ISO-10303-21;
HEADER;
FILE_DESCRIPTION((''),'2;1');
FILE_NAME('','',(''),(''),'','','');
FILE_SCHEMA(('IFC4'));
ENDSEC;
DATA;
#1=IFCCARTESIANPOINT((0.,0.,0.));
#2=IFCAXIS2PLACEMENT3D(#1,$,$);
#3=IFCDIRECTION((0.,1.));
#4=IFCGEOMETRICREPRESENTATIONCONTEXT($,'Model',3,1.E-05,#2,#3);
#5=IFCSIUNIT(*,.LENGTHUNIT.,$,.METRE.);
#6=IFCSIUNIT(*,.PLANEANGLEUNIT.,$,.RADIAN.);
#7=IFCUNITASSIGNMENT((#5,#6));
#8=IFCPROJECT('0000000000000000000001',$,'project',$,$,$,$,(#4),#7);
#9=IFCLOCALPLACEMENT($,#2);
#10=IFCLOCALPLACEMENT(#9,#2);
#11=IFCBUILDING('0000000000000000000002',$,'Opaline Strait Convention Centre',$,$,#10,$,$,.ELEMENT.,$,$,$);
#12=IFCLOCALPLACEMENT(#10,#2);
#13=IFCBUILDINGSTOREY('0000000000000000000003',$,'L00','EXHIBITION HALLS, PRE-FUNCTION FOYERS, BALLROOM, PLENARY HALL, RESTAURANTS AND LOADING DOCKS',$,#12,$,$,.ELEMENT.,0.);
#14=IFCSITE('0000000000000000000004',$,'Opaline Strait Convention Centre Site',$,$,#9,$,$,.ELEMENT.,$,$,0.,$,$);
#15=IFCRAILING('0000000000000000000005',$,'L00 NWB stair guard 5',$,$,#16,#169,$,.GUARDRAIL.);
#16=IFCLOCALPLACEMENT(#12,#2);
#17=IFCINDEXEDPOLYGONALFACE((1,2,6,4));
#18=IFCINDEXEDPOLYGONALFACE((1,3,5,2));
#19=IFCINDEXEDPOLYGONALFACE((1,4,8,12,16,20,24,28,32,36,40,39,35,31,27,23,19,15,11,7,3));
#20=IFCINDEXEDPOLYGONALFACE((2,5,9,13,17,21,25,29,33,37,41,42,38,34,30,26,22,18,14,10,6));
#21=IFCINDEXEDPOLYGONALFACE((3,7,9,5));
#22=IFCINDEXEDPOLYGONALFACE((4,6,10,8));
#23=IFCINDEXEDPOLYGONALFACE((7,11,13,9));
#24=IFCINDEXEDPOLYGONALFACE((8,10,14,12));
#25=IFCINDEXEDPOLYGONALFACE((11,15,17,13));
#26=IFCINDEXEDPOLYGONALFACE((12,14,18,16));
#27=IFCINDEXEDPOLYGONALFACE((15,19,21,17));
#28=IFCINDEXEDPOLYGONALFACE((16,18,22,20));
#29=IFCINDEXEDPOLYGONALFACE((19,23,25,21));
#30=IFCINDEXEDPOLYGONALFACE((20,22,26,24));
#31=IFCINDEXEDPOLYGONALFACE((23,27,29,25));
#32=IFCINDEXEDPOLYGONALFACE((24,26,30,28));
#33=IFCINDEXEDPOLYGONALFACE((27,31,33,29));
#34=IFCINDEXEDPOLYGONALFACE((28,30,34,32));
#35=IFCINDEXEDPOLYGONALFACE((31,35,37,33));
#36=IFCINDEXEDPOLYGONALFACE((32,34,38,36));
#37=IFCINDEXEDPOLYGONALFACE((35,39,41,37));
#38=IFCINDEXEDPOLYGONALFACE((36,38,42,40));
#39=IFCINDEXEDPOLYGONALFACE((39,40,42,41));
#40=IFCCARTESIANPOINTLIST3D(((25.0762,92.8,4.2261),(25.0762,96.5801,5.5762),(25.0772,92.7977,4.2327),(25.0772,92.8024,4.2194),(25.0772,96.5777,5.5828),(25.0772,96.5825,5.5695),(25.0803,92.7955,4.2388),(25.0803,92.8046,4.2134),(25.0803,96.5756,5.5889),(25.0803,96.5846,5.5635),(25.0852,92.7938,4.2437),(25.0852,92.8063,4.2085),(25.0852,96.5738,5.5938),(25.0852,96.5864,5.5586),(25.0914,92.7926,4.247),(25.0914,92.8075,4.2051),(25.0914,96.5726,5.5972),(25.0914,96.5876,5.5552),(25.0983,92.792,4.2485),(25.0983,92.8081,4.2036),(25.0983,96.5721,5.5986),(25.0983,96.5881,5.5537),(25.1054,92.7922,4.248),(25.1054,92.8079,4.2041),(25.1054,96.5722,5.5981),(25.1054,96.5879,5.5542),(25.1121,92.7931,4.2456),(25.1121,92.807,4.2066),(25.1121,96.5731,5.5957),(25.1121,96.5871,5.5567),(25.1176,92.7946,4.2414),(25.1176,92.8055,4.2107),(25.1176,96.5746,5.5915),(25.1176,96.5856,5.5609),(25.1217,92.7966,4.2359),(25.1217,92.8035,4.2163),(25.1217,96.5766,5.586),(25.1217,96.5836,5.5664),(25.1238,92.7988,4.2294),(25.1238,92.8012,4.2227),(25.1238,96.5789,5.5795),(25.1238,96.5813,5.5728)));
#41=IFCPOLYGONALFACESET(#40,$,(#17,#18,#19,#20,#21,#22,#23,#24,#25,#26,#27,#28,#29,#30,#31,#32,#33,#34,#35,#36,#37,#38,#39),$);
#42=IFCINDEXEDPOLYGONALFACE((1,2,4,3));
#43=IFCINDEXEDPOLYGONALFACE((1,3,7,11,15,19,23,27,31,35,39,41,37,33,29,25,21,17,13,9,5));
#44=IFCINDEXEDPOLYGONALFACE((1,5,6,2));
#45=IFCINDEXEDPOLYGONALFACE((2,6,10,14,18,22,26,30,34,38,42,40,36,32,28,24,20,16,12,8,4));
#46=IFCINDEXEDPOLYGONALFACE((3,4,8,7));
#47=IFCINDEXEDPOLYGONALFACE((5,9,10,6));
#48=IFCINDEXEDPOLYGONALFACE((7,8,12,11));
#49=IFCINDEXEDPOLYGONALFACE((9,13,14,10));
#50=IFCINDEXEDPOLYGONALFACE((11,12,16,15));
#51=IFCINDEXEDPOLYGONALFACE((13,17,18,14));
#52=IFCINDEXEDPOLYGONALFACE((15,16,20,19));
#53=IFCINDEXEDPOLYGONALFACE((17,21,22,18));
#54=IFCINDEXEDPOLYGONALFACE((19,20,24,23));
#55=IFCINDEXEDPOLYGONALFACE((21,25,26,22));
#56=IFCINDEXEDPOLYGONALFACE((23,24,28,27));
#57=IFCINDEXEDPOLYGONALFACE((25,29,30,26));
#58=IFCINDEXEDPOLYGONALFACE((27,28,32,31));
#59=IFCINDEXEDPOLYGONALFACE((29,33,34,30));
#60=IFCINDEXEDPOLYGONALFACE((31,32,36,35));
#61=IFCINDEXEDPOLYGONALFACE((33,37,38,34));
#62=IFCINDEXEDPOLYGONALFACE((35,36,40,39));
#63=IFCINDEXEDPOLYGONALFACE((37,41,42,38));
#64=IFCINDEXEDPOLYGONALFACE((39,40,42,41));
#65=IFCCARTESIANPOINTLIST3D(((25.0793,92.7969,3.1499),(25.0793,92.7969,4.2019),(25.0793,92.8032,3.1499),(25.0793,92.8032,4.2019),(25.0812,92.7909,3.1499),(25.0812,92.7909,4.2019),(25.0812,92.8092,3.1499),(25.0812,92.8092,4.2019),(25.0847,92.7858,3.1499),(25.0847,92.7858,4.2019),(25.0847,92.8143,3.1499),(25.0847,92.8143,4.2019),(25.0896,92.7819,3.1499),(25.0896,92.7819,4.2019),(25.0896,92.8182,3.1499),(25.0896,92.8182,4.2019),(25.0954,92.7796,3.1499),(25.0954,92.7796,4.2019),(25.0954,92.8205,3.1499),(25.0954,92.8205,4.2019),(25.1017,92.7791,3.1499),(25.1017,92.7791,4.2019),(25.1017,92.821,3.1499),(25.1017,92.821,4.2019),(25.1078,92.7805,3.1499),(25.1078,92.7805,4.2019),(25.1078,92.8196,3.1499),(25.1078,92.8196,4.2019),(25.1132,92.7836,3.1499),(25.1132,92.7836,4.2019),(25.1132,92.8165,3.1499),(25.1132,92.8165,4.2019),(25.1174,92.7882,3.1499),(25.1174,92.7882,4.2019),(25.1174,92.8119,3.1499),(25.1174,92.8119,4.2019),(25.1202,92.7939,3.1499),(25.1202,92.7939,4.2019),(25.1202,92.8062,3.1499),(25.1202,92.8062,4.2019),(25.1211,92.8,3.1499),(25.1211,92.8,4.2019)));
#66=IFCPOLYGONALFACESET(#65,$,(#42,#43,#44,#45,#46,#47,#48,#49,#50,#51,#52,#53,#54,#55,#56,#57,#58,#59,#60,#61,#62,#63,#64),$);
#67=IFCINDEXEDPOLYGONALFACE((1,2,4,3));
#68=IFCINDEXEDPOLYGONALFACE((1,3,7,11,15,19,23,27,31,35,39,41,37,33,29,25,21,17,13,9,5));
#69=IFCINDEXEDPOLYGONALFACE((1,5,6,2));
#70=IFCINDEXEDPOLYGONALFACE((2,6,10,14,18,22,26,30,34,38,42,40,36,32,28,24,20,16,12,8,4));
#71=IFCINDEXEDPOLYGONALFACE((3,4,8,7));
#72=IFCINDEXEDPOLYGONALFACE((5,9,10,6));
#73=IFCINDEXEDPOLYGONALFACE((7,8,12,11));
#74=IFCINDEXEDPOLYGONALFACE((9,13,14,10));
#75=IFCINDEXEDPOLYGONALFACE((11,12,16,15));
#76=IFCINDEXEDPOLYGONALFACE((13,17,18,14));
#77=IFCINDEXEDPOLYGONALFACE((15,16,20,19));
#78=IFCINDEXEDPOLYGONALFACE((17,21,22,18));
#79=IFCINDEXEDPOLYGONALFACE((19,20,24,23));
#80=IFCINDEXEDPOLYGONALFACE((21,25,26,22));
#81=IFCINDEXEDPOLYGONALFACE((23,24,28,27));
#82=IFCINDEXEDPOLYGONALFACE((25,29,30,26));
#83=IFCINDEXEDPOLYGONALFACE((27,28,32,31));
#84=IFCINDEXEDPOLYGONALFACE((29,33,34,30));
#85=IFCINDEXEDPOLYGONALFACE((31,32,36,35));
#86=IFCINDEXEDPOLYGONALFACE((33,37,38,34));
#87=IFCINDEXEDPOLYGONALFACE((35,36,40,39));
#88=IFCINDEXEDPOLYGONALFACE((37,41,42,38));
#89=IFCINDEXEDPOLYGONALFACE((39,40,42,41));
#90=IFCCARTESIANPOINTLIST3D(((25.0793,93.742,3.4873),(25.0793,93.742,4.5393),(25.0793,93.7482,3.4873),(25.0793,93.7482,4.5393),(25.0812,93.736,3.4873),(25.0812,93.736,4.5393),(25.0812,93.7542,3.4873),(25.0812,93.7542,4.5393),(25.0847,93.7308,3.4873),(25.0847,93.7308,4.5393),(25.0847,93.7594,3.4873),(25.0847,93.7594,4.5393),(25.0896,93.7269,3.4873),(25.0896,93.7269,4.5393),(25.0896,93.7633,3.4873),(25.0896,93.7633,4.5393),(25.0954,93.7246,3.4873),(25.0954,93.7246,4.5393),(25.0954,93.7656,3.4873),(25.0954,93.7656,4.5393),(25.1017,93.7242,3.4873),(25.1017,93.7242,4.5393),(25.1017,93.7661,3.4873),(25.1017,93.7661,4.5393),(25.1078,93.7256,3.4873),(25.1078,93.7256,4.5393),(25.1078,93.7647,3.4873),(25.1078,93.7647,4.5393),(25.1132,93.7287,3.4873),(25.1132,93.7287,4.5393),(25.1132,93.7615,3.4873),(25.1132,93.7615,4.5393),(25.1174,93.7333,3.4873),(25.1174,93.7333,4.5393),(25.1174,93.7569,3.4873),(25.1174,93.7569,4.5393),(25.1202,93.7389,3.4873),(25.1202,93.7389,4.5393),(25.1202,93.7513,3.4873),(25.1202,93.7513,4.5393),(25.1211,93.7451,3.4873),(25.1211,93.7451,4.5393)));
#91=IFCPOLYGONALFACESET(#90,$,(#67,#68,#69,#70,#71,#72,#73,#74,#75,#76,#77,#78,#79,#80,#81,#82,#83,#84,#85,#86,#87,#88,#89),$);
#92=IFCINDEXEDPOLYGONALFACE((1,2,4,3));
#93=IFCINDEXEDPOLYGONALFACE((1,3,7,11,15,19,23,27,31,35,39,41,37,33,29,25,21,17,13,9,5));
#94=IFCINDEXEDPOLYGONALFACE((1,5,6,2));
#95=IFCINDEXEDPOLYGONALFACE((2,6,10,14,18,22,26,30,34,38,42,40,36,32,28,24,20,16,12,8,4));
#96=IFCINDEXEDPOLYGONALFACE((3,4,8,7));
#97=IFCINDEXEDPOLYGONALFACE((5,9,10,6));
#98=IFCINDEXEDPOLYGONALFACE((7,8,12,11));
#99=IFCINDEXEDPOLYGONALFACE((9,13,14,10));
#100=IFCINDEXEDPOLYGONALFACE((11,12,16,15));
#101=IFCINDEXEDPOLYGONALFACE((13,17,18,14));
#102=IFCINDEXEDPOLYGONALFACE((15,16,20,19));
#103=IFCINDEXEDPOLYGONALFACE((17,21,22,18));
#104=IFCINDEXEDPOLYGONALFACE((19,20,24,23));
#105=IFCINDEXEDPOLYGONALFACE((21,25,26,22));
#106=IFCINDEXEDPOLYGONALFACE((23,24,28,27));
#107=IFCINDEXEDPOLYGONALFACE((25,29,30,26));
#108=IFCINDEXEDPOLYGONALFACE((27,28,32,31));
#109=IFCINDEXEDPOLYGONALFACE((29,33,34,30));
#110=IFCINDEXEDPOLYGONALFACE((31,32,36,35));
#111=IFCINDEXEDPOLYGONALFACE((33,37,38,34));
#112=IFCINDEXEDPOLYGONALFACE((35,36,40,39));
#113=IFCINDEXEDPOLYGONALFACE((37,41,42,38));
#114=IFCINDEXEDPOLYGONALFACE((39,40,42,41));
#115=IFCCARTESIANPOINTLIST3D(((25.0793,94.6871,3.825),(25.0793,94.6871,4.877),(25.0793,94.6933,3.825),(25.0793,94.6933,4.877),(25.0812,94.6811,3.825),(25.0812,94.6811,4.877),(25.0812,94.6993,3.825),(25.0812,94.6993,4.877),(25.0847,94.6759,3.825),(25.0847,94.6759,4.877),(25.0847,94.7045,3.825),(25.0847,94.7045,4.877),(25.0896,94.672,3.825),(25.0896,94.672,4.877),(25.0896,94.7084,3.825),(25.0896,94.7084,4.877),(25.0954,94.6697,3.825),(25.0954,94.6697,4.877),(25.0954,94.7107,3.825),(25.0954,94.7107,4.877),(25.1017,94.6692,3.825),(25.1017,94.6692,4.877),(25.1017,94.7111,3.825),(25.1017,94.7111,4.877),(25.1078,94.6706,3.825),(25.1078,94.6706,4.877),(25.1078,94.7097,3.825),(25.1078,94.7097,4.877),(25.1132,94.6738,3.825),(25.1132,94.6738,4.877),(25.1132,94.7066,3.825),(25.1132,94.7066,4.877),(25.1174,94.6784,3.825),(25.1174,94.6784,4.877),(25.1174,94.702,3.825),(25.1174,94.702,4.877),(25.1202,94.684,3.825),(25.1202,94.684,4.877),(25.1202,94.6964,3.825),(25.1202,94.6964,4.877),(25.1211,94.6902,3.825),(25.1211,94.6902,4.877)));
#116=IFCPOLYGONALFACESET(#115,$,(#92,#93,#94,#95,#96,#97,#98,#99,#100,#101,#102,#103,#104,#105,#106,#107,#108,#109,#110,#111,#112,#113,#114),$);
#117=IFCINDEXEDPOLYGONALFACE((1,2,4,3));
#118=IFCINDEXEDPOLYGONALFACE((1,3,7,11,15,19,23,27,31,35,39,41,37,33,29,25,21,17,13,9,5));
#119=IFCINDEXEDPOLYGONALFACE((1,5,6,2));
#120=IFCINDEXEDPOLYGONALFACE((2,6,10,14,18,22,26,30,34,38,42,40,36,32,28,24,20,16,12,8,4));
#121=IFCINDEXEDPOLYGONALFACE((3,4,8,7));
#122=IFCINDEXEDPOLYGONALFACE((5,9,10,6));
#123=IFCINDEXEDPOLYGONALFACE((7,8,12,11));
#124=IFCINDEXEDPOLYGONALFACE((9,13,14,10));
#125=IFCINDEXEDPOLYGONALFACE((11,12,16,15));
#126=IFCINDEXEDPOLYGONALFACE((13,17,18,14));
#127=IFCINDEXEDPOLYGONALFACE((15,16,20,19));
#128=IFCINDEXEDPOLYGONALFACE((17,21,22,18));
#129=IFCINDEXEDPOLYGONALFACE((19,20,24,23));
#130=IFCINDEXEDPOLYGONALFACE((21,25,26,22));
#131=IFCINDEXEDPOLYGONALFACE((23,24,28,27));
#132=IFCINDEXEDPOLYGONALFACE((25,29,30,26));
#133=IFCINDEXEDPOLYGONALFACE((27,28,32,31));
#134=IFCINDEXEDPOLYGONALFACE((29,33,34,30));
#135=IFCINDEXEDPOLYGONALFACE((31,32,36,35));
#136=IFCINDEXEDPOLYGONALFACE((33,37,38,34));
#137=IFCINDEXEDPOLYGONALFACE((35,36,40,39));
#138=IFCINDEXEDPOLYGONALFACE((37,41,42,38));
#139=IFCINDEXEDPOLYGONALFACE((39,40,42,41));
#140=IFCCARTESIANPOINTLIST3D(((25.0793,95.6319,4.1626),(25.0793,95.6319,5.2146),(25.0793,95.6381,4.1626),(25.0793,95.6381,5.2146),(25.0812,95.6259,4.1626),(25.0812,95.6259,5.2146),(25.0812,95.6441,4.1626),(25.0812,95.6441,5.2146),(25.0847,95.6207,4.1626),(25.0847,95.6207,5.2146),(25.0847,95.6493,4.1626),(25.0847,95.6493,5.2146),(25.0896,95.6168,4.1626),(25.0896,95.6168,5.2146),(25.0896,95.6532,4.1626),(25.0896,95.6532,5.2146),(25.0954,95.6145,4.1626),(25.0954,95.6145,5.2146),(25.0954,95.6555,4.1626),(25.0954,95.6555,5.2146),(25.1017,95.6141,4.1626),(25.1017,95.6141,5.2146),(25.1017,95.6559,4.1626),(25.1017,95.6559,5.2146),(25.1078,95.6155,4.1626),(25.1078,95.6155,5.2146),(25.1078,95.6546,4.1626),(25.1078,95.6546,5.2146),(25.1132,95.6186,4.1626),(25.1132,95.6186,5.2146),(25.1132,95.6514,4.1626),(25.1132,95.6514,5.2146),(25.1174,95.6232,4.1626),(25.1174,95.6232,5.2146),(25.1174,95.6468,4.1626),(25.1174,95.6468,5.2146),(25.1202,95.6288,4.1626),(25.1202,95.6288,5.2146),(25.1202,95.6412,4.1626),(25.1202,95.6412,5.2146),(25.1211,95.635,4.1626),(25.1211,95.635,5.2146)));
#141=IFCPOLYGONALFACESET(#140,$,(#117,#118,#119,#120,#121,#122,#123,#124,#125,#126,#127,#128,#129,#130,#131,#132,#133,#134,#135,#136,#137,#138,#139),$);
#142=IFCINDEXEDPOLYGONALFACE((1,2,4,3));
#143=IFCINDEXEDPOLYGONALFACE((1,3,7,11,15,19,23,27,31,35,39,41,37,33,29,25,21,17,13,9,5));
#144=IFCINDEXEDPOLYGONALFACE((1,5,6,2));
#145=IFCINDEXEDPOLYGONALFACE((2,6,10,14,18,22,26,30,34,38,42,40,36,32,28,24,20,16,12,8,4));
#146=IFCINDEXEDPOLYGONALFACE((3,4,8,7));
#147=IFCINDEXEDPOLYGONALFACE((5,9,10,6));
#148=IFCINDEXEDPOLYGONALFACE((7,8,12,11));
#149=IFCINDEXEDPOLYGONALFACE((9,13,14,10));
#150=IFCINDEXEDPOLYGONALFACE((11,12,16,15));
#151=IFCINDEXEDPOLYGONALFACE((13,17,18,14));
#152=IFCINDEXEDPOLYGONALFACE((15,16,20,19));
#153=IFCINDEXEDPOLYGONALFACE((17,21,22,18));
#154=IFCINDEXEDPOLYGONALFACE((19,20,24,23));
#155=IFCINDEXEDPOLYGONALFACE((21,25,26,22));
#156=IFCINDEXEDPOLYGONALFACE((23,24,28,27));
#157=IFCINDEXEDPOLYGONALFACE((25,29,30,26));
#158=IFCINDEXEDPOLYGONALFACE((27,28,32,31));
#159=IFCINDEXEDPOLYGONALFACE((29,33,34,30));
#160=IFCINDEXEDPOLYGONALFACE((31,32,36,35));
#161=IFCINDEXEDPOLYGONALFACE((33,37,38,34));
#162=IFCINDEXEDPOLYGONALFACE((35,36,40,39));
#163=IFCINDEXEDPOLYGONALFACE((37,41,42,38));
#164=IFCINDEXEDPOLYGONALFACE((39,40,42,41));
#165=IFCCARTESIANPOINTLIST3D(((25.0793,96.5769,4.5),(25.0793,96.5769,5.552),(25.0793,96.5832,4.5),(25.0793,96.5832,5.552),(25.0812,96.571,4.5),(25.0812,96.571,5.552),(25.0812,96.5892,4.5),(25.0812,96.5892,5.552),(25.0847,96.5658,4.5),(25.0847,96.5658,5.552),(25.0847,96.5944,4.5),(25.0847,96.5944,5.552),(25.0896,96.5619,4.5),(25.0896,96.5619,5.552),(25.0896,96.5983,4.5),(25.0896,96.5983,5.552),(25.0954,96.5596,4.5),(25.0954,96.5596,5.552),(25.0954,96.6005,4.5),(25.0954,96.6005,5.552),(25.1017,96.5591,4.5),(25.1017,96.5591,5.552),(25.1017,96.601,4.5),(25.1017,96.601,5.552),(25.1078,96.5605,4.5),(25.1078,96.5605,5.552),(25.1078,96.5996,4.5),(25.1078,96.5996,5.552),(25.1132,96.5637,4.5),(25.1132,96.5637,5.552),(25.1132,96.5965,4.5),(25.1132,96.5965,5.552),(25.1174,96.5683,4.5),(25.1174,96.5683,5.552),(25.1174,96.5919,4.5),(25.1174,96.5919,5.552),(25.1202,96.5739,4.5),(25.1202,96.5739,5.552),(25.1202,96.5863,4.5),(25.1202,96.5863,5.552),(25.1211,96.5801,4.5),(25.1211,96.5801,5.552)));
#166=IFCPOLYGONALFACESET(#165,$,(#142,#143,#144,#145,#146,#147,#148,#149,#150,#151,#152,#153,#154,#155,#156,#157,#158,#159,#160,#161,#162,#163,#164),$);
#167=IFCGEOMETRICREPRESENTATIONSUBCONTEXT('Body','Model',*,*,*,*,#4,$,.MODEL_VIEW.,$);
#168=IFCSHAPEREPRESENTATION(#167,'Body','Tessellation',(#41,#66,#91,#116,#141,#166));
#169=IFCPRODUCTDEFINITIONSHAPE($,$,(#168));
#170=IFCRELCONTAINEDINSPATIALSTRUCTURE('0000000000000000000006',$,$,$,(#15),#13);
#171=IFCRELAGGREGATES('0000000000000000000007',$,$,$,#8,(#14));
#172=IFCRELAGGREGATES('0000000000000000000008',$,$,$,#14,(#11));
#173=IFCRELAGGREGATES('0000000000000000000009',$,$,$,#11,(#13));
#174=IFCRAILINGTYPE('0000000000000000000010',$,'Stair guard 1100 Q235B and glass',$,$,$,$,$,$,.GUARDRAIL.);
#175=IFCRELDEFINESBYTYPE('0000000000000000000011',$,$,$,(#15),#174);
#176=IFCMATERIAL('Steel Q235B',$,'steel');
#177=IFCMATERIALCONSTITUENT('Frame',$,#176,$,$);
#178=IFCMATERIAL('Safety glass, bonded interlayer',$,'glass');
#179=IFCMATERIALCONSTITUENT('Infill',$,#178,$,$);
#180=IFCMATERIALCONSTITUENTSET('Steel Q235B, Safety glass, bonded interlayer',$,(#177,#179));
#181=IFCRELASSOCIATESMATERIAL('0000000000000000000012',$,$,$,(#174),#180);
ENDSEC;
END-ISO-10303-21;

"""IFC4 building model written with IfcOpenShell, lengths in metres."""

from ifc_helpers import new_model, si_unit, direction, frame, origin, origin_2d, place, context, subcontext, project, spatial, circle, extrude, material, constituent, constituent_set, type_object, element, save


model = new_model("IFC4")

# Units and contexts
model_context = context("Model", 3, precision=1e-05, world=origin(), true_north=direction((0.0, 1.0)))
body_context = subcontext(model_context, "Body", "Model", "MODEL_VIEW")
ifc_project = project(units=[si_unit("LENGTHUNIT", "METRE"), si_unit("PLANEANGLEUNIT", "RADIAN")], contexts=[model_context])

# Site, building, storey
site_placement = place(None, origin())
site = spatial("IfcSite", under=ifc_project, at=site_placement, Name="Opaline Strait Convention Centre Site", CompositionType="ELEMENT", RefElevation=0.0)
building_placement = place(site_placement, origin())
building = spatial("IfcBuilding", under=site, at=building_placement, Name="Opaline Strait Convention Centre", CompositionType="ELEMENT")
storey_placement = place(building_placement, origin())
storey = spatial("IfcBuildingStorey", under=building, at=storey_placement, Name="L00", Description="EXHIBITION HALLS, PRE-FUNCTION FOYERS, BALLROOM, PLENARY HALL, RESTAURANTS AND LOADING DOCKS", CompositionType="ELEMENT", Elevation=0.0)

# Railing
ifc_material_1 = material(Name="Steel Q235B", Category="steel")
ifc_constituent_1 = constituent(ifc_material_1, Name="Frame")
ifc_material_2 = material(Name="Safety glass, bonded interlayer", Category="glass")
ifc_constituent_2 = constituent(ifc_material_2, Name="Infill")
ifc_constituent_set = constituent_set(constituents=[ifc_constituent_1, ifc_constituent_2], Name="Steel Q235B, Safety glass, bonded interlayer")
railing_type_1 = type_object("IfcRailingType", Name="Stair guard 1100 Q235B and glass", PredefinedType="GUARDRAIL", material=ifc_constituent_set)
railing_1_placement = place(storey_placement, frame((25.1001, 92.8, 3.1499)))
element("IfcRailing", 1, at=railing_1_placement, inside=storey, type_object=railing_type_1, Name="L00 NWB stair guard 5", PredefinedType="GUARDRAIL", context=body_context, shape_type="SweptSolid", body=[
    extrude(circle(Radius=0.0239, at=origin_2d()), frame((0.0, 0.0, 1.0762), z_axis=(0.0, 0.941735, 0.336356), x_axis=(-1.0, 0.0, 0.0)), (0.0, 0.0, 1.0), 4.0139),
    extrude(circle(Radius=0.021, at=origin_2d()), origin(), (0.0, 0.0, 1.0), 1.052),
    extrude(circle(Radius=0.021, at=origin_2d()), frame((0.0, 0.9451, 0.3374)), (0.0, 0.0, 1.0), 1.052),
    extrude(circle(Radius=0.021, at=origin_2d()), frame((0.0, 1.8901, 0.675)), (0.0, 0.0, 1.0), 1.052),
    extrude(circle(Radius=0.021, at=origin_2d()), frame((0.0, 2.835, 1.0127)), (0.0, 0.0, 1.0), 1.052),
    extrude(circle(Radius=0.021, at=origin_2d()), frame((0.0, 3.78, 1.3501)), (0.0, 0.0, 1.0), 1.052),
])

save(model, "model.ifc")
